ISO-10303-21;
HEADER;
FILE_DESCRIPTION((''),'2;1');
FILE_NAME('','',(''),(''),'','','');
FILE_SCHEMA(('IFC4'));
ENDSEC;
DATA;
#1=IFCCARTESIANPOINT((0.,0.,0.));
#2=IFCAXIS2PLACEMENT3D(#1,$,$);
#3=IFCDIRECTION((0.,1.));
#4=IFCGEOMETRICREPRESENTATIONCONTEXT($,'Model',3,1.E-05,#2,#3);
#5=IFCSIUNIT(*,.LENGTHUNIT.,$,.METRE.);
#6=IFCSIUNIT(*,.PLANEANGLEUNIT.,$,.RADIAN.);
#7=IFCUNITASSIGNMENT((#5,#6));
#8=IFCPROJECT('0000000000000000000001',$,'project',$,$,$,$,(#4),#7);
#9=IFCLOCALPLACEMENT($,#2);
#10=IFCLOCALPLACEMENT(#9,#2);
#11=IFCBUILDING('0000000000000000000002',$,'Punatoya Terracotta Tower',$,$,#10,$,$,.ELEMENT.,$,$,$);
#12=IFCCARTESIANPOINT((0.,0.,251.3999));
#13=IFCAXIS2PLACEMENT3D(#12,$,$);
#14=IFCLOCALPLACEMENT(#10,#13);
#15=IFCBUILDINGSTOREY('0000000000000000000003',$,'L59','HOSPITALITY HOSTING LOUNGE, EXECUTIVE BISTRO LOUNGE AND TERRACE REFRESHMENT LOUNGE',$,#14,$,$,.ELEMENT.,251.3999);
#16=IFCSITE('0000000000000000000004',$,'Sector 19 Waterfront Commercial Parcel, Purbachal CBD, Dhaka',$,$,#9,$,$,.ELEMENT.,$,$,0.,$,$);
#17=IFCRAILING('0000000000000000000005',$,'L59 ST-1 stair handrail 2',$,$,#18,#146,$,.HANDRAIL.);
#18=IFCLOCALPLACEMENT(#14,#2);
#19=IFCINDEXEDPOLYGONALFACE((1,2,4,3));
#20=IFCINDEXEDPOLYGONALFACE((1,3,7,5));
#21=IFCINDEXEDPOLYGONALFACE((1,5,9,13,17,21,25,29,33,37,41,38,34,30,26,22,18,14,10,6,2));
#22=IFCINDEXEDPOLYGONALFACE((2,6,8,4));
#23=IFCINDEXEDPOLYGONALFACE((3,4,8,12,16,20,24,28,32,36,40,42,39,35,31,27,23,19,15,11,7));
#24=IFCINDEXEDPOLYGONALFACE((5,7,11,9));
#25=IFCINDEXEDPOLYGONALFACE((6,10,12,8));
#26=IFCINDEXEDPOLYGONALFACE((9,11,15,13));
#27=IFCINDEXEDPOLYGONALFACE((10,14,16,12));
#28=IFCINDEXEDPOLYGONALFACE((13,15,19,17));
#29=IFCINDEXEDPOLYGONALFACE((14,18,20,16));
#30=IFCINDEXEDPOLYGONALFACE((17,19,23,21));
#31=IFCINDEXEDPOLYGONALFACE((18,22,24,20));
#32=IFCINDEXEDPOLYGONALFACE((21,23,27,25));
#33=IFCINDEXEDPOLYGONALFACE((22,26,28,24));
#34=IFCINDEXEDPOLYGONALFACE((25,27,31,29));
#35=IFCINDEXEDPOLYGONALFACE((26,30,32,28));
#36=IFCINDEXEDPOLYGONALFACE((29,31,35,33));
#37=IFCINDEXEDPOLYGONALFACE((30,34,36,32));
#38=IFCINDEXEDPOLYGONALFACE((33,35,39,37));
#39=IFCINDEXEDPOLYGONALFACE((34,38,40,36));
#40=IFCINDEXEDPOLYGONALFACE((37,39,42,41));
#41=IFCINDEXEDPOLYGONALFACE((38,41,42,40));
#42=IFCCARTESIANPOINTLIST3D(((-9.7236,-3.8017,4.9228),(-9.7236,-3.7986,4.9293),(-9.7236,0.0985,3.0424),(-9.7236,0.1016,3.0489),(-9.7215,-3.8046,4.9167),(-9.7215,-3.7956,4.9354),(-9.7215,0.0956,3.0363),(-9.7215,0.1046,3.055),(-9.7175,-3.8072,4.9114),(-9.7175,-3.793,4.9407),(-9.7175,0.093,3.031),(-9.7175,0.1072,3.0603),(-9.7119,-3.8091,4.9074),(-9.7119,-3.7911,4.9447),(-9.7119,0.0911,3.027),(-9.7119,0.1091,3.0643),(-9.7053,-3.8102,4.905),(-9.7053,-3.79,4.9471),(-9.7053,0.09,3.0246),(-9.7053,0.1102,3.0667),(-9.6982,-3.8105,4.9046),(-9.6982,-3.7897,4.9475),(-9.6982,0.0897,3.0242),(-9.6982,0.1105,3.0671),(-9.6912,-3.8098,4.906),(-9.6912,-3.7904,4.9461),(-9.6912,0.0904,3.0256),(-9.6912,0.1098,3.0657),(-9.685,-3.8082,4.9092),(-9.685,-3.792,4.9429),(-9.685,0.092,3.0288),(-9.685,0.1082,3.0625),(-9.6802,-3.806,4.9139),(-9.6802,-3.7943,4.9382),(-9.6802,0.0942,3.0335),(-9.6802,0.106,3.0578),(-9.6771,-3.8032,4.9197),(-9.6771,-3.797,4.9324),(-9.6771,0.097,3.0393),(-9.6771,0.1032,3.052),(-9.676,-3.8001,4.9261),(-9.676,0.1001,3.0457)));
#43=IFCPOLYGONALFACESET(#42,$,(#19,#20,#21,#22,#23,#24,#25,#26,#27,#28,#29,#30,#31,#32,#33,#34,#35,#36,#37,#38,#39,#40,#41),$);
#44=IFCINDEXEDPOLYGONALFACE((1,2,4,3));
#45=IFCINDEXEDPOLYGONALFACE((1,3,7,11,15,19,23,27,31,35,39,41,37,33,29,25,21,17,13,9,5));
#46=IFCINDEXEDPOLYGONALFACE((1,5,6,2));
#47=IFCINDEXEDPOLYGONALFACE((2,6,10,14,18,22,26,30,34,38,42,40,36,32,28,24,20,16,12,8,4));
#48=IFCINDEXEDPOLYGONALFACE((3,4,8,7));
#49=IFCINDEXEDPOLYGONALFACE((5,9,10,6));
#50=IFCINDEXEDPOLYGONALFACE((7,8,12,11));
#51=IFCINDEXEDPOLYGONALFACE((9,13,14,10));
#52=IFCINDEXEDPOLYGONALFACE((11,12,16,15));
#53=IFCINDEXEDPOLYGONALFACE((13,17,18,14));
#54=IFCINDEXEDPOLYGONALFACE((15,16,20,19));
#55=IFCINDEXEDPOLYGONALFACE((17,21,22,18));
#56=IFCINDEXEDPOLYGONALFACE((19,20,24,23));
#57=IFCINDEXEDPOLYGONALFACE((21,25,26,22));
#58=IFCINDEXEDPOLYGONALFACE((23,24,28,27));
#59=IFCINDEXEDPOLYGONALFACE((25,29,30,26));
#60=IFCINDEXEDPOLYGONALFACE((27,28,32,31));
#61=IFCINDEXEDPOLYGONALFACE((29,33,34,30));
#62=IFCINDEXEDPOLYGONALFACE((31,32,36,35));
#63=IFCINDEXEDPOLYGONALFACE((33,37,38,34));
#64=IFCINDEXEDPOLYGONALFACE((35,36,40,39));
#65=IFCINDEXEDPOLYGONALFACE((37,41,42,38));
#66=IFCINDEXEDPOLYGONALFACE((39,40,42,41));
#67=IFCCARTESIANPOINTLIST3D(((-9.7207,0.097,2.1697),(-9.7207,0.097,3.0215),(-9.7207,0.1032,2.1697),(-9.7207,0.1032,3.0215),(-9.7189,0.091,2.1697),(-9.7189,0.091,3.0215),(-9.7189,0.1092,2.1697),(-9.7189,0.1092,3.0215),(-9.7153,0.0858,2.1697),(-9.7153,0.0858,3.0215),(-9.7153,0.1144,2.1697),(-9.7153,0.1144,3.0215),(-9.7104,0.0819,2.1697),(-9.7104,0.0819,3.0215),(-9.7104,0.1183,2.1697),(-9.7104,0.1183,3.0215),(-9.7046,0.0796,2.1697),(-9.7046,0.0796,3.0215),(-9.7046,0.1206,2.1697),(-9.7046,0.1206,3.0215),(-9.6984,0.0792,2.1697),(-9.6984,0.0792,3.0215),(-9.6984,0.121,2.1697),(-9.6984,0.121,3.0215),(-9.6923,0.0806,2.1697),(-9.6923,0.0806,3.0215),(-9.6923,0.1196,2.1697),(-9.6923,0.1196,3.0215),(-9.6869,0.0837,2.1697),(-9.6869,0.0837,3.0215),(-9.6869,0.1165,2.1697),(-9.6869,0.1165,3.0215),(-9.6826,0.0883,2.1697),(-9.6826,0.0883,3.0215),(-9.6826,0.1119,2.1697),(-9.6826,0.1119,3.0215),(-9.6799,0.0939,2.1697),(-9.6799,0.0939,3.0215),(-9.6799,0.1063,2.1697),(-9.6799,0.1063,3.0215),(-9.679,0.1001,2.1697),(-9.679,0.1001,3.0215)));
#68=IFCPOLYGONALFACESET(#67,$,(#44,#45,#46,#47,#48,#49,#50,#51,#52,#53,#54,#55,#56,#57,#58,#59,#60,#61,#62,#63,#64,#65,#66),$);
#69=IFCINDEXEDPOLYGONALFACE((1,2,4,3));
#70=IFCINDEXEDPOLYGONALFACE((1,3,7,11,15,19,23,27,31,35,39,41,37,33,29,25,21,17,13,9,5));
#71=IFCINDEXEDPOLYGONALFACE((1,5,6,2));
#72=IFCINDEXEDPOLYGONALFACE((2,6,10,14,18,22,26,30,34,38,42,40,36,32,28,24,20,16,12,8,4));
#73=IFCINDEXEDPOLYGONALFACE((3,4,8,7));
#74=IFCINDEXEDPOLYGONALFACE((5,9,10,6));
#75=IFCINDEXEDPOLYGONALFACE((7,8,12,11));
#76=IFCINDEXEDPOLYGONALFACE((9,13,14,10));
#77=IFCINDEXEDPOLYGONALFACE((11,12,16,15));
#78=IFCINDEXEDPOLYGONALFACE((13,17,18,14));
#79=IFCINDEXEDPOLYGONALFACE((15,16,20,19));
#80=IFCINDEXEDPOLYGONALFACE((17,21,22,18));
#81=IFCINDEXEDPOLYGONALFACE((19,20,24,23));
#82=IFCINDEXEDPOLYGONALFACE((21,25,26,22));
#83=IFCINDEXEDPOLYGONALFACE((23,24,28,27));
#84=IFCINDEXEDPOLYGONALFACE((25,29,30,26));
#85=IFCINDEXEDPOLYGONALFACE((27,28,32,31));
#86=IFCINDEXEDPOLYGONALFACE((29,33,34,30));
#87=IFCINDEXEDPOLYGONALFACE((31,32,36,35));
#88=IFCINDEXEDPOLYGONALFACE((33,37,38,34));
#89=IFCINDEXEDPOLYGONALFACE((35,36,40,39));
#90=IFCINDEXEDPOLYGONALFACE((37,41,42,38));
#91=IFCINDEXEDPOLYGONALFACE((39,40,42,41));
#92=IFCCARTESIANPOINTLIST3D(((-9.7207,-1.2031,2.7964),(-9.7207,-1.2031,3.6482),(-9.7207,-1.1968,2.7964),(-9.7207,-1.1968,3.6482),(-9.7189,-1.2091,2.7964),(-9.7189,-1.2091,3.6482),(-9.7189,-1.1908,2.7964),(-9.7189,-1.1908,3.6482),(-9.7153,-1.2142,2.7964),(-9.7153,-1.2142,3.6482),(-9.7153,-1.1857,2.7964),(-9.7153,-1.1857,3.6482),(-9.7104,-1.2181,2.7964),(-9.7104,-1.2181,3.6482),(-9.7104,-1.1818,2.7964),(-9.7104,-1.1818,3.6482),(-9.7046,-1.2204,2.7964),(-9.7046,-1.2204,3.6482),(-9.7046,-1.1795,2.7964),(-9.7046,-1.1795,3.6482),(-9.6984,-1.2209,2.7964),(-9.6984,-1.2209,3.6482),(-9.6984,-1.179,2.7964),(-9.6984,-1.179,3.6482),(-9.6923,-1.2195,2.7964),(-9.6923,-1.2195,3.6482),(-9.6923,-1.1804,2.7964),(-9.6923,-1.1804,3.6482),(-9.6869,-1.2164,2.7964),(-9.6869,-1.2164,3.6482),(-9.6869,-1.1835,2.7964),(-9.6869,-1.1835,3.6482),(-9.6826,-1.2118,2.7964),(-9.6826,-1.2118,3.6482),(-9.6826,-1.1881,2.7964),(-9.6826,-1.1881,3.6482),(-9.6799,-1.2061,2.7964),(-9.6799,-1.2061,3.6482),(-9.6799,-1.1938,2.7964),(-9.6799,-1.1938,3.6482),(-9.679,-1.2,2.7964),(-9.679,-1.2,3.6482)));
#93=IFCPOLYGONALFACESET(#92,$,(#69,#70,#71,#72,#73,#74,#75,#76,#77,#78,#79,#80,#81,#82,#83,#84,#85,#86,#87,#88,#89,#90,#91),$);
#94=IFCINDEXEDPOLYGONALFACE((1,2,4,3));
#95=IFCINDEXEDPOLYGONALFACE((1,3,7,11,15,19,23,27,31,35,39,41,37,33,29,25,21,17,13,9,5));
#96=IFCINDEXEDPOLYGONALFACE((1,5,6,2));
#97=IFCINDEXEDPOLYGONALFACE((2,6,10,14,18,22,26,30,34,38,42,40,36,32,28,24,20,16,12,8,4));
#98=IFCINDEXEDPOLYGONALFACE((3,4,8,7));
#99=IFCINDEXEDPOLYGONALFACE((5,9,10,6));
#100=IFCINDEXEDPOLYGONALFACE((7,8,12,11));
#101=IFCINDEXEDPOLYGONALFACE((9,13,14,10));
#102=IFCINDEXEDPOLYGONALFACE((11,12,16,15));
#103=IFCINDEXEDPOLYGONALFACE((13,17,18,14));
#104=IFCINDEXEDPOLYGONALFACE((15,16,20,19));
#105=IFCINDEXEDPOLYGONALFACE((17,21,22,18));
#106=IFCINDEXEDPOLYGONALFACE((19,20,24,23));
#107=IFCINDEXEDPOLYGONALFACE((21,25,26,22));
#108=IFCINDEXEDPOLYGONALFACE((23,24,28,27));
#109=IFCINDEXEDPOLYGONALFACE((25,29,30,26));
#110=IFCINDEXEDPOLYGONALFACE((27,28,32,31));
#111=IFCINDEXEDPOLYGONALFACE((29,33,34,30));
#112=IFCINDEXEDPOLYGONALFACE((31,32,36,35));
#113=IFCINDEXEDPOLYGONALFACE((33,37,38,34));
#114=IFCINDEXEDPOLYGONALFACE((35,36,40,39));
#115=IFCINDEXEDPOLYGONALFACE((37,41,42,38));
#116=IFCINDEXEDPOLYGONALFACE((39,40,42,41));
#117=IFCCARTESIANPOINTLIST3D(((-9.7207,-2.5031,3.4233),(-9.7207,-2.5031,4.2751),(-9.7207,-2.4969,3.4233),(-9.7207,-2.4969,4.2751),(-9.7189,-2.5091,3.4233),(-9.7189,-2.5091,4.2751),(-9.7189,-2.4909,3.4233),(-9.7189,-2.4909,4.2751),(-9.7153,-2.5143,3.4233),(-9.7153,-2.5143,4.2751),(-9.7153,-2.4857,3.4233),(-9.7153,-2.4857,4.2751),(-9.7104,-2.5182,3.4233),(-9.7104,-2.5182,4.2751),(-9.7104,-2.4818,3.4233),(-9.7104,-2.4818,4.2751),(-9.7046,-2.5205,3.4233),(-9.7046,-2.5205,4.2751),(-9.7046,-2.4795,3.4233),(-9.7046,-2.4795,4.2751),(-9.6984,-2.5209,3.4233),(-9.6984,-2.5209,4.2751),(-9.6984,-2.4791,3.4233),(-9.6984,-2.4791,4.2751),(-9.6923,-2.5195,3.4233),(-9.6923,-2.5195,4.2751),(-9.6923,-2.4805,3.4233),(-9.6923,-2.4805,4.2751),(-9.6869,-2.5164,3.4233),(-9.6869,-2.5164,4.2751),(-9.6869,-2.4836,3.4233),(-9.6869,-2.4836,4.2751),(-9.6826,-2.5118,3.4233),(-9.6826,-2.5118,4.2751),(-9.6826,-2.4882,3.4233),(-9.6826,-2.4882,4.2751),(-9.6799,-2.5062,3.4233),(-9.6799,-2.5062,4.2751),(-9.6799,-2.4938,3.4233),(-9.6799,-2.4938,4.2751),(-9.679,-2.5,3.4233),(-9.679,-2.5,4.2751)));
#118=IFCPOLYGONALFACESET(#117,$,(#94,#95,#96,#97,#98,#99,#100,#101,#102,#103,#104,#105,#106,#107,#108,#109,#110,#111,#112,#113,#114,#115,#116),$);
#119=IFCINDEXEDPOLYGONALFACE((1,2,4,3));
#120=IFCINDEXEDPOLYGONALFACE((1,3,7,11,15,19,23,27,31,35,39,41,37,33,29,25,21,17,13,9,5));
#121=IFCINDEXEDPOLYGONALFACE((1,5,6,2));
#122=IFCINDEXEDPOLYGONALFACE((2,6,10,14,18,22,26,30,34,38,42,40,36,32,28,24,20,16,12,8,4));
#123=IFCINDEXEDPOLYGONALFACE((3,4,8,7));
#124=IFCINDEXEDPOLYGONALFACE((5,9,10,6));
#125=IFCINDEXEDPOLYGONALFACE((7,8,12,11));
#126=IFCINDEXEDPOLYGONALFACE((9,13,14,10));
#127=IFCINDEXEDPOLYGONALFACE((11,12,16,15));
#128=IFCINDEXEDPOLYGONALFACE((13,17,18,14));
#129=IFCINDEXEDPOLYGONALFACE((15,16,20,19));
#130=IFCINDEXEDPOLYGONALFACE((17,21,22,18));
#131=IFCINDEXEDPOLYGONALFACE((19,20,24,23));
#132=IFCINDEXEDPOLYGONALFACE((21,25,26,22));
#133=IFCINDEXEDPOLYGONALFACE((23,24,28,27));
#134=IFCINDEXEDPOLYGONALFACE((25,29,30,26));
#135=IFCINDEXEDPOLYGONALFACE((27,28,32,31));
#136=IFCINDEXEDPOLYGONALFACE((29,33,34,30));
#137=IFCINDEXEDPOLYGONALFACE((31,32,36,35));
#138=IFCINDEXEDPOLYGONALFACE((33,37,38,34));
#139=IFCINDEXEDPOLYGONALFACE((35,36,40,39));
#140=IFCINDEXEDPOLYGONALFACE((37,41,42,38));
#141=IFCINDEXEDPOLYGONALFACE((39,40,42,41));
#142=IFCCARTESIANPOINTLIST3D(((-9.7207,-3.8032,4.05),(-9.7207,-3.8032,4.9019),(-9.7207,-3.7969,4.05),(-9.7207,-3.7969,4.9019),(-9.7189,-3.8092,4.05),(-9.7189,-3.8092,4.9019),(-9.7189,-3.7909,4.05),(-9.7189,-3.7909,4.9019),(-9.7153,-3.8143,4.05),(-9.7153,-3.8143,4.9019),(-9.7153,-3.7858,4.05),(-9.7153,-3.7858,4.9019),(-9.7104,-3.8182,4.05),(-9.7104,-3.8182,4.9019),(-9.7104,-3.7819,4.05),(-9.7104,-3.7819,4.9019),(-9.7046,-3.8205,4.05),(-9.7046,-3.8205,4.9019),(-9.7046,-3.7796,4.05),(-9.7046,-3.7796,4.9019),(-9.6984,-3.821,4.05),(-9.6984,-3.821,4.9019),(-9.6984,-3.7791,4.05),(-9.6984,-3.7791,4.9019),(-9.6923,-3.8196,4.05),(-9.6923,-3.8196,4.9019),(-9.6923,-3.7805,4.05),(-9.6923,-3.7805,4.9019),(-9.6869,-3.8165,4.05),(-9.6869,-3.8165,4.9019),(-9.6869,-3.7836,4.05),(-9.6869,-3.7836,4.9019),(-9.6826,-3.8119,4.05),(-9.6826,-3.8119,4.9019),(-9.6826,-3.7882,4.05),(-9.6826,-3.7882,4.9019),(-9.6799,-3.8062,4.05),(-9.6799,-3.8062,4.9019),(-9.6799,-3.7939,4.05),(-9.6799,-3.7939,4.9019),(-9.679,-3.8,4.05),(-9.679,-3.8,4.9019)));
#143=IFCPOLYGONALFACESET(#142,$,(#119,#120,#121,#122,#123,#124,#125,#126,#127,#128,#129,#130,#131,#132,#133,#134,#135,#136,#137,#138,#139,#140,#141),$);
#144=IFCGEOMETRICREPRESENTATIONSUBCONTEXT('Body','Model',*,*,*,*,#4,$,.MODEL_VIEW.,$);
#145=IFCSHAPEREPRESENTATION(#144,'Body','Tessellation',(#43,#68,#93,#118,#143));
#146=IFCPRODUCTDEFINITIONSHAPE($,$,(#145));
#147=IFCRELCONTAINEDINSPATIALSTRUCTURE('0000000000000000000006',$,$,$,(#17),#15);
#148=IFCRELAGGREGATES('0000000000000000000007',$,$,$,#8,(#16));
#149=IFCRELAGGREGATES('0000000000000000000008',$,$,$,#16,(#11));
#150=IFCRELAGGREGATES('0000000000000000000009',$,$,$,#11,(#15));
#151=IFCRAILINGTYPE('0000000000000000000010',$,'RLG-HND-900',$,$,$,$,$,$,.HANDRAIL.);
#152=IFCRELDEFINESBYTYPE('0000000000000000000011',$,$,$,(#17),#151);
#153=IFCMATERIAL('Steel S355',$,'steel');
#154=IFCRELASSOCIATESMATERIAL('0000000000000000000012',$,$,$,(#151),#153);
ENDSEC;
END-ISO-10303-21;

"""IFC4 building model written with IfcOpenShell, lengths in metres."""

from ifc_helpers import new_model, si_unit, direction, frame, origin, origin_2d, place, context, subcontext, project, spatial, circle, extrude, material, type_object, element, save


model = new_model("IFC4")

# Units and contexts
model_context = context("Model", 3, precision=1e-05, world=origin(), true_north=direction((0.0, 1.0)))
body_context = subcontext(model_context, "Body", "Model", "MODEL_VIEW")
ifc_project = project(units=[si_unit("LENGTHUNIT", "METRE"), si_unit("PLANEANGLEUNIT", "RADIAN")], contexts=[model_context])

# Site, building, storey
site_placement = place(None, origin())
site = spatial("IfcSite", under=ifc_project, at=site_placement, Name="Sector 19 Waterfront Commercial Parcel, Purbachal CBD, Dhaka", CompositionType="ELEMENT", RefElevation=0.0)
building_placement = place(site_placement, origin())
building = spatial("IfcBuilding", under=site, at=building_placement, Name="Punatoya Terracotta Tower", CompositionType="ELEMENT")
storey_placement = place(building_placement, frame((0.0, 0.0, 251.3999)))
storey = spatial("IfcBuildingStorey", under=building, at=storey_placement, Name="L59", Description="HOSPITALITY HOSTING LOUNGE, EXECUTIVE BISTRO LOUNGE AND TERRACE REFRESHMENT LOUNGE", CompositionType="ELEMENT", Elevation=251.3999)

# Railing
ifc_material_1 = material(Name="Steel S355", Category="steel")
railing_type_1 = type_object("IfcRailingType", Name="RLG-HND-900", PredefinedType="HANDRAIL", material=ifc_material_1)
railing_1_placement = place(storey_placement, frame((-9.7, 0.1001, 2.1697)))
element("IfcRailing", 1, at=railing_1_placement, inside=storey, type_object=railing_type_1, Name="L59 ST-1 stair handrail 2", PredefinedType="HANDRAIL", context=body_context, shape_type="SweptSolid", body=[
    extrude(circle(Radius=0.0239, at=origin_2d()), frame((0.0, 0.0, 0.876), z_axis=(0.0, -0.900774, 0.434289), x_axis=(1.0, 0.0, 0.0)), (0.0, 0.0, 1.0), 4.3298),
    extrude(circle(Radius=0.021, at=origin_2d()), origin(), (0.0, 0.0, 1.0), 0.8518),
    extrude(circle(Radius=0.021, at=origin_2d()), frame((0.0, -1.3, 0.6267)), (0.0, 0.0, 1.0), 0.8518),
    extrude(circle(Radius=0.021, at=origin_2d()), frame((0.0, -2.6001, 1.2537)), (0.0, 0.0, 1.0), 0.8518),
    extrude(circle(Radius=0.021, at=origin_2d()), frame((0.0, -3.9001, 1.8804)), (0.0, 0.0, 1.0), 0.8518),
])

save(model, "model.ifc")
